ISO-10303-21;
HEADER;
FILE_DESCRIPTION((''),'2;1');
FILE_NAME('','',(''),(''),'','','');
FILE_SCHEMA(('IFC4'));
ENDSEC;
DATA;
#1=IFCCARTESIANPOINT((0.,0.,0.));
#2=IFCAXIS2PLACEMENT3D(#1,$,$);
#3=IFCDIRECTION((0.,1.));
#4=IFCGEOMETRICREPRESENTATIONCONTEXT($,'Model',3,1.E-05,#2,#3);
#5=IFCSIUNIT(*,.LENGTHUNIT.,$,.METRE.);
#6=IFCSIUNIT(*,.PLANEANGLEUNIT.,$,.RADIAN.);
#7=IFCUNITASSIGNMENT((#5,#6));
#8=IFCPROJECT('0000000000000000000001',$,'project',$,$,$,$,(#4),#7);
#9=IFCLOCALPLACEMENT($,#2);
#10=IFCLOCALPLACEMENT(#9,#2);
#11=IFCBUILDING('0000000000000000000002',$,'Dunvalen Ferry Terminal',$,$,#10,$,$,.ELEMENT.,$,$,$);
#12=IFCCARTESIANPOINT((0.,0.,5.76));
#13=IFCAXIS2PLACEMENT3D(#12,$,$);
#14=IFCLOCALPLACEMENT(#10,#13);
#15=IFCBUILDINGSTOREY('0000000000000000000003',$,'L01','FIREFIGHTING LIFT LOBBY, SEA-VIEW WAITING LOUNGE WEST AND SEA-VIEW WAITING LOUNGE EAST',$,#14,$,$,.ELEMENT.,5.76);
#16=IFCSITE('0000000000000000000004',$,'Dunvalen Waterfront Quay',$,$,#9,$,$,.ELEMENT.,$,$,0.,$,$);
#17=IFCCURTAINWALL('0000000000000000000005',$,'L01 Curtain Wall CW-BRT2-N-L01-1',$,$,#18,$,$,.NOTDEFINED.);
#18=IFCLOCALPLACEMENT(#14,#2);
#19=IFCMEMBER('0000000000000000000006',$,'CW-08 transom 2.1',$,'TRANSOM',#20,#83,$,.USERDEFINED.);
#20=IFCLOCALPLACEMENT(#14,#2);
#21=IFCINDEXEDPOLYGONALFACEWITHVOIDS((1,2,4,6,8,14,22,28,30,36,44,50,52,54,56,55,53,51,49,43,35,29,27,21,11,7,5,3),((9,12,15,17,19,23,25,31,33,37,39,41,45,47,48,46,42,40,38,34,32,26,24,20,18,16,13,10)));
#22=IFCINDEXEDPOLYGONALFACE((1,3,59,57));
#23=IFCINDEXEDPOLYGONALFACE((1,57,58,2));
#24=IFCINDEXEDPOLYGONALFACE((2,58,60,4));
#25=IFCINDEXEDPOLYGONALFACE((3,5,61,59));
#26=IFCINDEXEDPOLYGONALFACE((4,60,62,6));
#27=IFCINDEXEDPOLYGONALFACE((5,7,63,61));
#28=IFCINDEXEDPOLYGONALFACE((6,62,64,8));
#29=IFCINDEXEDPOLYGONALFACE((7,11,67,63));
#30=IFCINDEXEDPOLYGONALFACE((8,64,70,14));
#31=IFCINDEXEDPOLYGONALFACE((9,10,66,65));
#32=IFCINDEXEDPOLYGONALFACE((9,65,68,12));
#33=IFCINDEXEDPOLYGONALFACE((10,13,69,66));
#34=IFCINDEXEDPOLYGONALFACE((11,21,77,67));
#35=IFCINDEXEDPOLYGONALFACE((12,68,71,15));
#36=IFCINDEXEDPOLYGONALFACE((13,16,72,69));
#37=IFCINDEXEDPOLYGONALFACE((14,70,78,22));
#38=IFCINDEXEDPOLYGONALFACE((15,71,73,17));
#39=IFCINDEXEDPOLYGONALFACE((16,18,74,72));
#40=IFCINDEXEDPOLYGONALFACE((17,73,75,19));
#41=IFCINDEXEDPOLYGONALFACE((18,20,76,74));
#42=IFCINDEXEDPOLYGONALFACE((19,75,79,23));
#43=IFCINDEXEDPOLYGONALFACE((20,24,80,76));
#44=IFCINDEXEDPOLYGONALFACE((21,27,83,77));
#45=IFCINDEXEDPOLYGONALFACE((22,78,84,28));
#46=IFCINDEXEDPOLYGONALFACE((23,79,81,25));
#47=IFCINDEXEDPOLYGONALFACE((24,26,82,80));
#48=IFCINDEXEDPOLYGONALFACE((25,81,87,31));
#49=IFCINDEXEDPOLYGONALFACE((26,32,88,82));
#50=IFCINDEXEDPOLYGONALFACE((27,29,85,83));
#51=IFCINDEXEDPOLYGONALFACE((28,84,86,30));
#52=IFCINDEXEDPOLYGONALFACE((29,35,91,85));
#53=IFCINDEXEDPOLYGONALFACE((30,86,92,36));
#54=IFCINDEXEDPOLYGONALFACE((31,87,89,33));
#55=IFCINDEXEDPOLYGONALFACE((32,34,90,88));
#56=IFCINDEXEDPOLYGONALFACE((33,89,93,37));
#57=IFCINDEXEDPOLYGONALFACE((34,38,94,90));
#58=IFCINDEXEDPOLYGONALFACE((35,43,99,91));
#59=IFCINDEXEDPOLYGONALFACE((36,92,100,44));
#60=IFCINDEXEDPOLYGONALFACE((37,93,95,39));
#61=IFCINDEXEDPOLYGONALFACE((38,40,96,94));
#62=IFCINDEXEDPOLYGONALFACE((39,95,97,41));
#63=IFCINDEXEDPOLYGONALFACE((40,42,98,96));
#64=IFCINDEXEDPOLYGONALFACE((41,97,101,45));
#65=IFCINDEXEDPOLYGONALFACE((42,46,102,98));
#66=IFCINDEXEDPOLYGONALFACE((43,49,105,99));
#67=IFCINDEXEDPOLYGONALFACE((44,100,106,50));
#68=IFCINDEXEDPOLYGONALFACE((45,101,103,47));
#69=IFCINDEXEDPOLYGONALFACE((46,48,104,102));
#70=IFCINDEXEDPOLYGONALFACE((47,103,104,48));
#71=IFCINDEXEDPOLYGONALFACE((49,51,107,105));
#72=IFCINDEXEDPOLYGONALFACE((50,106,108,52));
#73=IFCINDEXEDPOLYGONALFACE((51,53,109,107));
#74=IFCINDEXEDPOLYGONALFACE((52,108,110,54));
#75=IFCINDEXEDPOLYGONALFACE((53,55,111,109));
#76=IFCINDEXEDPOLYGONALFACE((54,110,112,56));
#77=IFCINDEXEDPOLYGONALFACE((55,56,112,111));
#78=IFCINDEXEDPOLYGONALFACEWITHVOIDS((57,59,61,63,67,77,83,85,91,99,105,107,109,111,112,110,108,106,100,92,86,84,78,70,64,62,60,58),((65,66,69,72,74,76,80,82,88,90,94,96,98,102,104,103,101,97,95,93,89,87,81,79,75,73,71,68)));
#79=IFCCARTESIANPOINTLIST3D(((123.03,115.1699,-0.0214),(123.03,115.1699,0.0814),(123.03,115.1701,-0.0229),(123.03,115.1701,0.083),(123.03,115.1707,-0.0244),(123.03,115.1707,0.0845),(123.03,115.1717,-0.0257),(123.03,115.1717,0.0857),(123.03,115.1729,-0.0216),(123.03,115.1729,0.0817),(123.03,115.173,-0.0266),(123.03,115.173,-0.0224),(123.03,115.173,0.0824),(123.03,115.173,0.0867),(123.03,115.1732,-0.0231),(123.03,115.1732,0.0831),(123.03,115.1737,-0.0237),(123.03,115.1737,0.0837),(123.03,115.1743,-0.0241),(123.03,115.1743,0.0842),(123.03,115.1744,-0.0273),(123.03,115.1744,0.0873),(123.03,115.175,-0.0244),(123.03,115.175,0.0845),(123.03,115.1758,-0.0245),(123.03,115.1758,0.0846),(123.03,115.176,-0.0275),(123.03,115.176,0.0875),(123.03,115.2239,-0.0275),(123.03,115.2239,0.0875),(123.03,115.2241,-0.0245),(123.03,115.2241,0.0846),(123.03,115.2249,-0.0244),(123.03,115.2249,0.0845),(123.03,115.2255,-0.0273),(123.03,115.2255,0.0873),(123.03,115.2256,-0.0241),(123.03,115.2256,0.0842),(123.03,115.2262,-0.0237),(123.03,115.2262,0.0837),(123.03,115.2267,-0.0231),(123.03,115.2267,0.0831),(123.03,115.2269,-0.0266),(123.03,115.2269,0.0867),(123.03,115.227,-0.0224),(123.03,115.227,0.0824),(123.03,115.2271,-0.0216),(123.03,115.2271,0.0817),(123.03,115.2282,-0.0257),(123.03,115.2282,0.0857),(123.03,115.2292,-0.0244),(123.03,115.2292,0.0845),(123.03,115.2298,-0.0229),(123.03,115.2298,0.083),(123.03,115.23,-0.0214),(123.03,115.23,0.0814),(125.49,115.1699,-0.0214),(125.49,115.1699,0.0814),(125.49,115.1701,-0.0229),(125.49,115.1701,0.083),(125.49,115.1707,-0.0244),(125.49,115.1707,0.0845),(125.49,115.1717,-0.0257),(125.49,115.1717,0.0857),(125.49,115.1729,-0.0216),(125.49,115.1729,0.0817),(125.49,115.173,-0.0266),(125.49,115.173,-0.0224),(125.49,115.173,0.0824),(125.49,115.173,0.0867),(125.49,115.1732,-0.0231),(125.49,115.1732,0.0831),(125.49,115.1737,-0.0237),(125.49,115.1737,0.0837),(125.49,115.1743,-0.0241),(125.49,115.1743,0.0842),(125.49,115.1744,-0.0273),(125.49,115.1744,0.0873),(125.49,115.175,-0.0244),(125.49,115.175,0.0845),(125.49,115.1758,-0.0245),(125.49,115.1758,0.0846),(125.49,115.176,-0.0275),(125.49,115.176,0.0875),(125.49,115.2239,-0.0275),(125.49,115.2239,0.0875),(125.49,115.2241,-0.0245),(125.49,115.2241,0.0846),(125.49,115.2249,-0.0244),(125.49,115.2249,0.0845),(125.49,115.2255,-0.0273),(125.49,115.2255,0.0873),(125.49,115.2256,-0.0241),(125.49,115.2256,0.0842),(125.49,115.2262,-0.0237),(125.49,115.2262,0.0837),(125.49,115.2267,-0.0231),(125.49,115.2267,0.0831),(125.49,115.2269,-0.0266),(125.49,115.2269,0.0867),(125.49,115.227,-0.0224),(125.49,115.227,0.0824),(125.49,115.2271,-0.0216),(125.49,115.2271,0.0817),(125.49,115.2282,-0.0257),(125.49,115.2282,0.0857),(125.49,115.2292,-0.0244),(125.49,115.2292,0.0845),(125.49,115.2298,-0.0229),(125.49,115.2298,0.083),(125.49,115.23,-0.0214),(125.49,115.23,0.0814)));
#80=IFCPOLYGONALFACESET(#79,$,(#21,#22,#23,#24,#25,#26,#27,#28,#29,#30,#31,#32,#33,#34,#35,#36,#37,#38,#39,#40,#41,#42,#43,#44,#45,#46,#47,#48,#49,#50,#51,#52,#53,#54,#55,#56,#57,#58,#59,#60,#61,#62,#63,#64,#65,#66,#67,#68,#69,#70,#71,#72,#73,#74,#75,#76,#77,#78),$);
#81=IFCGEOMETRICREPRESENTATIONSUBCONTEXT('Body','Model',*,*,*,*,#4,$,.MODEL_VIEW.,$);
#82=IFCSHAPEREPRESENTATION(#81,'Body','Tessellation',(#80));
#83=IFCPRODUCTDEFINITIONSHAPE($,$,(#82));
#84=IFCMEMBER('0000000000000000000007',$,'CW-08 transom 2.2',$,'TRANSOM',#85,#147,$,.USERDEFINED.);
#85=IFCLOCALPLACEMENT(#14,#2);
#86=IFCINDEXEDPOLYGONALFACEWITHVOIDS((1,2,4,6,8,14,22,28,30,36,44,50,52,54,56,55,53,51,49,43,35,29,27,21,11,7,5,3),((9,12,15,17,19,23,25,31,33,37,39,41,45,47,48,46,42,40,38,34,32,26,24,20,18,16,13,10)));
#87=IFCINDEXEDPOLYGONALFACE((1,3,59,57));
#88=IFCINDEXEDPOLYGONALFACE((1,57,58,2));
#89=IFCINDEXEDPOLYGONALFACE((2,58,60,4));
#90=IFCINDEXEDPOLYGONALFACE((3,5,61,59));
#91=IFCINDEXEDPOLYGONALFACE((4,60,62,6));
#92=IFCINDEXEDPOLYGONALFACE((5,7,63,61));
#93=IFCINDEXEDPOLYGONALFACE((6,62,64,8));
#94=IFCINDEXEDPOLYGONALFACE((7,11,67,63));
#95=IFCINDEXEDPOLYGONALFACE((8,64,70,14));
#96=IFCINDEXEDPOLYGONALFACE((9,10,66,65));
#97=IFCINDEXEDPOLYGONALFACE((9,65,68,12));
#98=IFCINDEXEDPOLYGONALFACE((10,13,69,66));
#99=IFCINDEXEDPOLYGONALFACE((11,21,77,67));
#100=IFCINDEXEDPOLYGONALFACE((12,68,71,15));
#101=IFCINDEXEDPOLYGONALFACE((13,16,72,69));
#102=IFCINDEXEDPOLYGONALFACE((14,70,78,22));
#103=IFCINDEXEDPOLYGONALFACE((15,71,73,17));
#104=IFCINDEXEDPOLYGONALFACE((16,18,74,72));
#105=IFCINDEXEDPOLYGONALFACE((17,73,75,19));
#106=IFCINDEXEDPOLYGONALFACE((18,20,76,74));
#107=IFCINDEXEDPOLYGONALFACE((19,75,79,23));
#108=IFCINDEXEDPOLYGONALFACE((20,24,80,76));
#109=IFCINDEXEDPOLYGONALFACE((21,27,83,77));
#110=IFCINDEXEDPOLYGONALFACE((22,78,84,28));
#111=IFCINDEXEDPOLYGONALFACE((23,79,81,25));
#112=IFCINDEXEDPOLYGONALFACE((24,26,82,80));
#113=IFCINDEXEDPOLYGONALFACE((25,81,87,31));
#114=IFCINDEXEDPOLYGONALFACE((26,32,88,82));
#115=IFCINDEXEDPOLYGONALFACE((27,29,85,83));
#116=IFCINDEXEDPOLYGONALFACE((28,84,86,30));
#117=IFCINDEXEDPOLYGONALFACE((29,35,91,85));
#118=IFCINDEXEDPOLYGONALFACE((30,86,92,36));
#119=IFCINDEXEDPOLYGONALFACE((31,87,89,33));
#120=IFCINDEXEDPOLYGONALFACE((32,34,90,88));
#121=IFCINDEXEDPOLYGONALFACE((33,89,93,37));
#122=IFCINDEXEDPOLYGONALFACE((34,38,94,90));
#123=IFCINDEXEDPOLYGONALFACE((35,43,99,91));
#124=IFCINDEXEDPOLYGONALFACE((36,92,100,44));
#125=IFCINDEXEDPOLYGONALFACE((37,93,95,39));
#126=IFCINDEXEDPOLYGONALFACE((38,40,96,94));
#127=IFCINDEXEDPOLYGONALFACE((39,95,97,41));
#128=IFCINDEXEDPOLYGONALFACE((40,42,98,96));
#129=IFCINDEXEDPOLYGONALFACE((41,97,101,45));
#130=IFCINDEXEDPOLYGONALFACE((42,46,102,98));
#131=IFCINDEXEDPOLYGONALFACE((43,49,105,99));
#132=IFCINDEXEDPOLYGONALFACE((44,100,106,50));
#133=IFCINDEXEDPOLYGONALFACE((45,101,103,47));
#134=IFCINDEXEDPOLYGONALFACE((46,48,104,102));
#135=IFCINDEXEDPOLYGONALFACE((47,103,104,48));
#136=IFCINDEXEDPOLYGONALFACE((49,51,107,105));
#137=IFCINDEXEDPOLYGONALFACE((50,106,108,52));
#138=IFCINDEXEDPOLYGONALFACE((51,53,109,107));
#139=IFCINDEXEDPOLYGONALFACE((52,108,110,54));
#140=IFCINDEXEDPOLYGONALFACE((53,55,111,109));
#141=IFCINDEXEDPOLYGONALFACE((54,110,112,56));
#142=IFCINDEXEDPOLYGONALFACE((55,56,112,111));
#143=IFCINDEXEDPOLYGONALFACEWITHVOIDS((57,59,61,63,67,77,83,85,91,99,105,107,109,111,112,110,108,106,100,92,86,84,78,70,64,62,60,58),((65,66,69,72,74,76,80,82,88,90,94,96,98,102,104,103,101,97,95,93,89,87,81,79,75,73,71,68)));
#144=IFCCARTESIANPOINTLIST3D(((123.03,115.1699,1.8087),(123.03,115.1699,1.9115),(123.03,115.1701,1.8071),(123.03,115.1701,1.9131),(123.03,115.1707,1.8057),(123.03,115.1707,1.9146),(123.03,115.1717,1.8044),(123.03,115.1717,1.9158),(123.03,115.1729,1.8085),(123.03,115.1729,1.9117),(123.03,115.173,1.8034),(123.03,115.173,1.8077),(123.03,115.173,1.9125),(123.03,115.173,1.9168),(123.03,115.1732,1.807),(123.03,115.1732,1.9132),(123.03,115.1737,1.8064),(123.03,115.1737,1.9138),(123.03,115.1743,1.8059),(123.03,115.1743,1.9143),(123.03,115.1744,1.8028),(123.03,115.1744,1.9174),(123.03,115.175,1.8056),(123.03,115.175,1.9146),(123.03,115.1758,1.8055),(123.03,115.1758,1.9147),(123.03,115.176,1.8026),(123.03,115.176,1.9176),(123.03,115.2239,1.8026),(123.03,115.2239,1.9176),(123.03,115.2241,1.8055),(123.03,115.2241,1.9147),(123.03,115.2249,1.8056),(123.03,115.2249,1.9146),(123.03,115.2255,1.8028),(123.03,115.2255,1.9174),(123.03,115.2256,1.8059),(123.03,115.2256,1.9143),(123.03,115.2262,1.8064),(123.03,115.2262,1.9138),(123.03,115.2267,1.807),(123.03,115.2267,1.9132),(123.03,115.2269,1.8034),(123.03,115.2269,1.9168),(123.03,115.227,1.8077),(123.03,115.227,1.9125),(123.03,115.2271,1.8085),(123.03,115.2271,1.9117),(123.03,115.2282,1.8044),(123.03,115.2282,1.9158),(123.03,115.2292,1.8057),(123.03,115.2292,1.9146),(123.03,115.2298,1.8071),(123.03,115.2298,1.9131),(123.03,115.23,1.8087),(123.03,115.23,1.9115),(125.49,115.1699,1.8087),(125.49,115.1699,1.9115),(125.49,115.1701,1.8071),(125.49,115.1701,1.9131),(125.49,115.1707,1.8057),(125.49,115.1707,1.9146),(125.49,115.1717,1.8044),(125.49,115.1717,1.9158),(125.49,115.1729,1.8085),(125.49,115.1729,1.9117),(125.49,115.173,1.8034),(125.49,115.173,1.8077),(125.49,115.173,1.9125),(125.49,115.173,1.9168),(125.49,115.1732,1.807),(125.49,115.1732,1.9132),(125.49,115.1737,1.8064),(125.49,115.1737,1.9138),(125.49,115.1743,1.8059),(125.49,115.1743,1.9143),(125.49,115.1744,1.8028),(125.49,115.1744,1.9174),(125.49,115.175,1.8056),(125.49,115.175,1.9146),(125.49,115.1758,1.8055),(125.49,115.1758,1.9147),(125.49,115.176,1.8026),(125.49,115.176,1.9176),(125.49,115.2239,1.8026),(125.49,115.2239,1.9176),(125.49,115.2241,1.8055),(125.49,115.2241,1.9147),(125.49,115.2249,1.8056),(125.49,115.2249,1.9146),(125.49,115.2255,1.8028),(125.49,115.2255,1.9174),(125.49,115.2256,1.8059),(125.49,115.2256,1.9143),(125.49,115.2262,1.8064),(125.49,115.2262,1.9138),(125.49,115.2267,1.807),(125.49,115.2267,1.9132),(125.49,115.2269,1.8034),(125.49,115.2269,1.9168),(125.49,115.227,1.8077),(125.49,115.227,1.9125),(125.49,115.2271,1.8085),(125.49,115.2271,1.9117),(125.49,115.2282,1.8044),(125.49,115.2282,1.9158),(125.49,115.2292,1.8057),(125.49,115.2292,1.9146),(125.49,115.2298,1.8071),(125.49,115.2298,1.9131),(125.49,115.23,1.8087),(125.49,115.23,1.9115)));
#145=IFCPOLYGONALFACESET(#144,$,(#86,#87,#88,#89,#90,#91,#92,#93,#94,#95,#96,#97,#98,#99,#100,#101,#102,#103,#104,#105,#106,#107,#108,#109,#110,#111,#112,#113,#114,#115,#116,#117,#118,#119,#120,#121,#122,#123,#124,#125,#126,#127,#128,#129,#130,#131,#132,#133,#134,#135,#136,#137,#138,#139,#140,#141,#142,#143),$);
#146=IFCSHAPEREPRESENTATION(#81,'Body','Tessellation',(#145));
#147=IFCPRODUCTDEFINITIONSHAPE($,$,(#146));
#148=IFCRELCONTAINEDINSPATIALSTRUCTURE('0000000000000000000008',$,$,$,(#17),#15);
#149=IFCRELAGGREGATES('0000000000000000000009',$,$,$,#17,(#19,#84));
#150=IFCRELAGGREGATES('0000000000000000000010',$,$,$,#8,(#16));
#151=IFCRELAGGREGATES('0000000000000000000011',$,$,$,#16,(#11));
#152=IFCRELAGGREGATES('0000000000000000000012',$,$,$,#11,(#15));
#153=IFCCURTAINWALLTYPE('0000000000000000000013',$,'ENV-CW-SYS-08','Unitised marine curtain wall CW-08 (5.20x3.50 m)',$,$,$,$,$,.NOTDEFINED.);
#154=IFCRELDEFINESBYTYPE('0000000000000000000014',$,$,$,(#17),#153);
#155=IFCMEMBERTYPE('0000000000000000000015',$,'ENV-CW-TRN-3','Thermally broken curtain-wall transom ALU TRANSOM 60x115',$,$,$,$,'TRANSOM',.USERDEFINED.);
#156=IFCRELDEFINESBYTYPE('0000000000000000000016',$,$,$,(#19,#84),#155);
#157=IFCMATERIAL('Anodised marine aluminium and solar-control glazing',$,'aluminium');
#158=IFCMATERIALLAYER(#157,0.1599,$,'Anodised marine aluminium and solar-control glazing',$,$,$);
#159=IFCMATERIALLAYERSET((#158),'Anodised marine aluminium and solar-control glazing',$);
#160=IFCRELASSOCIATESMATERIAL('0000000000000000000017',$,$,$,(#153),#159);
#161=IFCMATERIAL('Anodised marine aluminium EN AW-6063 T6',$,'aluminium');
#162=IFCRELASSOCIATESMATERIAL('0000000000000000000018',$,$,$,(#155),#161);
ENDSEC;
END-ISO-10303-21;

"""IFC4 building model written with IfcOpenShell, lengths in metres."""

from ifc_helpers import new_model, si_unit, direction, frame, origin, origin_2d, place, context, subcontext, project, spatial, hollow_rectangle, extrude, material, layer, layer_set, material_profile, profile_set, type_object, element, aggregate, save


model = new_model("IFC4")

# Units and contexts
model_context = context("Model", 3, precision=1e-05, world=origin(), true_north=direction((0.0, 1.0)))
body_context = subcontext(model_context, "Body", "Model", "MODEL_VIEW")
ifc_project = project(units=[si_unit("LENGTHUNIT", "METRE"), si_unit("PLANEANGLEUNIT", "RADIAN")], contexts=[model_context])

# Site, building, storey
site_placement = place(None, origin())
site = spatial("IfcSite", under=ifc_project, at=site_placement, Name="Dunvalen Waterfront Quay", CompositionType="ELEMENT", RefElevation=0.0)
building_placement = place(site_placement, origin())
building = spatial("IfcBuilding", under=site, at=building_placement, Name="Dunvalen Ferry Terminal", CompositionType="ELEMENT")
storey_placement = place(building_placement, frame((0.0, 0.0, 5.76)))
storey = spatial("IfcBuildingStorey", under=building, at=storey_placement, Name="L01", Description="FIREFIGHTING LIFT LOBBY, SEA-VIEW WAITING LOUNGE WEST AND SEA-VIEW WAITING LOUNGE EAST", CompositionType="ELEMENT", Elevation=5.76)

# Curtain wall
ifc_material_1 = material(Name="Anodised marine aluminium and solar-control glazing", Category="aluminium")
ifc_layer_1 = layer(ifc_material_1, 0.1599, Name="Anodised marine aluminium and solar-control glazing")
ifc_layer_set_1 = layer_set([ifc_layer_1], Name="Anodised marine aluminium and solar-control glazing")
curtain_wall_type = type_object("IfcCurtainWallType", Name="ENV-CW-SYS-08", Description="Unitised marine curtain wall CW-08 (5.20x3.50 m)", PredefinedType="NOTDEFINED", material=ifc_layer_set_1)
curtain_wall_1_placement = place(storey_placement, origin())
curtain_wall_1 = element("IfcCurtainWall", 1, at=curtain_wall_1_placement, inside=storey, type_object=curtain_wall_type, Name="L01 Curtain Wall CW-BRT2-N-L01-1", PredefinedType="NOTDEFINED")
ifc_material_2 = material(Name="Anodised marine aluminium EN AW-6063 T6", Category="aluminium")

# Members
ifc_material_profile_1 = material_profile(ifc_material_2, hollow_rectangle(XDim=0.0601, YDim=0.115, WallThickness=0.0029, InnerFilletRadius=0.0029, OuterFilletRadius=0.0061, at=origin_2d()), Name="Anodised marine aluminium EN AW-6063 T6")
ifc_profile_set_1 = profile_set([ifc_material_profile_1], Name="Anodised marine aluminium EN AW-6063 T6")
member_type_1 = type_object("IfcMemberType", Name="ENV-CW-TRN-3", Description="Thermally broken curtain-wall transom ALU TRANSOM 60x115", ElementType="TRANSOM", PredefinedType="USERDEFINED", material=ifc_profile_set_1)
member_1_placement = place(storey_placement, frame((123.03, 115.2, 0.03), z_axis=(1.0, 0.0, 0.0), x_axis=(0.0, 1.0, 0.0)))
member_1 = element("IfcMember", 2, at=member_1_placement, type_object=member_type_1, Name="CW-08 transom 2.1", ObjectType="TRANSOM", PredefinedType="USERDEFINED", context=body_context, shape_type="SweptSolid", body=[
    extrude(hollow_rectangle(XDim=0.0601, YDim=0.115, WallThickness=0.0029, InnerFilletRadius=0.0029, OuterFilletRadius=0.0061, at=origin_2d()), origin(), (0.0, 0.0, 1.0), 2.46),
])
member_2_placement = place(storey_placement, frame((123.03, 115.2, 1.8601), z_axis=(1.0, 0.0, 0.0), x_axis=(0.0, 1.0, 0.0)))
member_2 = element("IfcMember", 3, at=member_2_placement, type_object=member_type_1, Name="CW-08 transom 2.2", ObjectType="TRANSOM", PredefinedType="USERDEFINED", context=body_context, shape_type="SweptSolid", body=[
    extrude(hollow_rectangle(XDim=0.0601, YDim=0.115, WallThickness=0.0029, InnerFilletRadius=0.0029, OuterFilletRadius=0.0061, at=origin_2d()), origin(), (0.0, 0.0, 1.0), 2.46),
])

aggregate(curtain_wall_1, [member_1, member_2])

save(model, "model.ifc")
